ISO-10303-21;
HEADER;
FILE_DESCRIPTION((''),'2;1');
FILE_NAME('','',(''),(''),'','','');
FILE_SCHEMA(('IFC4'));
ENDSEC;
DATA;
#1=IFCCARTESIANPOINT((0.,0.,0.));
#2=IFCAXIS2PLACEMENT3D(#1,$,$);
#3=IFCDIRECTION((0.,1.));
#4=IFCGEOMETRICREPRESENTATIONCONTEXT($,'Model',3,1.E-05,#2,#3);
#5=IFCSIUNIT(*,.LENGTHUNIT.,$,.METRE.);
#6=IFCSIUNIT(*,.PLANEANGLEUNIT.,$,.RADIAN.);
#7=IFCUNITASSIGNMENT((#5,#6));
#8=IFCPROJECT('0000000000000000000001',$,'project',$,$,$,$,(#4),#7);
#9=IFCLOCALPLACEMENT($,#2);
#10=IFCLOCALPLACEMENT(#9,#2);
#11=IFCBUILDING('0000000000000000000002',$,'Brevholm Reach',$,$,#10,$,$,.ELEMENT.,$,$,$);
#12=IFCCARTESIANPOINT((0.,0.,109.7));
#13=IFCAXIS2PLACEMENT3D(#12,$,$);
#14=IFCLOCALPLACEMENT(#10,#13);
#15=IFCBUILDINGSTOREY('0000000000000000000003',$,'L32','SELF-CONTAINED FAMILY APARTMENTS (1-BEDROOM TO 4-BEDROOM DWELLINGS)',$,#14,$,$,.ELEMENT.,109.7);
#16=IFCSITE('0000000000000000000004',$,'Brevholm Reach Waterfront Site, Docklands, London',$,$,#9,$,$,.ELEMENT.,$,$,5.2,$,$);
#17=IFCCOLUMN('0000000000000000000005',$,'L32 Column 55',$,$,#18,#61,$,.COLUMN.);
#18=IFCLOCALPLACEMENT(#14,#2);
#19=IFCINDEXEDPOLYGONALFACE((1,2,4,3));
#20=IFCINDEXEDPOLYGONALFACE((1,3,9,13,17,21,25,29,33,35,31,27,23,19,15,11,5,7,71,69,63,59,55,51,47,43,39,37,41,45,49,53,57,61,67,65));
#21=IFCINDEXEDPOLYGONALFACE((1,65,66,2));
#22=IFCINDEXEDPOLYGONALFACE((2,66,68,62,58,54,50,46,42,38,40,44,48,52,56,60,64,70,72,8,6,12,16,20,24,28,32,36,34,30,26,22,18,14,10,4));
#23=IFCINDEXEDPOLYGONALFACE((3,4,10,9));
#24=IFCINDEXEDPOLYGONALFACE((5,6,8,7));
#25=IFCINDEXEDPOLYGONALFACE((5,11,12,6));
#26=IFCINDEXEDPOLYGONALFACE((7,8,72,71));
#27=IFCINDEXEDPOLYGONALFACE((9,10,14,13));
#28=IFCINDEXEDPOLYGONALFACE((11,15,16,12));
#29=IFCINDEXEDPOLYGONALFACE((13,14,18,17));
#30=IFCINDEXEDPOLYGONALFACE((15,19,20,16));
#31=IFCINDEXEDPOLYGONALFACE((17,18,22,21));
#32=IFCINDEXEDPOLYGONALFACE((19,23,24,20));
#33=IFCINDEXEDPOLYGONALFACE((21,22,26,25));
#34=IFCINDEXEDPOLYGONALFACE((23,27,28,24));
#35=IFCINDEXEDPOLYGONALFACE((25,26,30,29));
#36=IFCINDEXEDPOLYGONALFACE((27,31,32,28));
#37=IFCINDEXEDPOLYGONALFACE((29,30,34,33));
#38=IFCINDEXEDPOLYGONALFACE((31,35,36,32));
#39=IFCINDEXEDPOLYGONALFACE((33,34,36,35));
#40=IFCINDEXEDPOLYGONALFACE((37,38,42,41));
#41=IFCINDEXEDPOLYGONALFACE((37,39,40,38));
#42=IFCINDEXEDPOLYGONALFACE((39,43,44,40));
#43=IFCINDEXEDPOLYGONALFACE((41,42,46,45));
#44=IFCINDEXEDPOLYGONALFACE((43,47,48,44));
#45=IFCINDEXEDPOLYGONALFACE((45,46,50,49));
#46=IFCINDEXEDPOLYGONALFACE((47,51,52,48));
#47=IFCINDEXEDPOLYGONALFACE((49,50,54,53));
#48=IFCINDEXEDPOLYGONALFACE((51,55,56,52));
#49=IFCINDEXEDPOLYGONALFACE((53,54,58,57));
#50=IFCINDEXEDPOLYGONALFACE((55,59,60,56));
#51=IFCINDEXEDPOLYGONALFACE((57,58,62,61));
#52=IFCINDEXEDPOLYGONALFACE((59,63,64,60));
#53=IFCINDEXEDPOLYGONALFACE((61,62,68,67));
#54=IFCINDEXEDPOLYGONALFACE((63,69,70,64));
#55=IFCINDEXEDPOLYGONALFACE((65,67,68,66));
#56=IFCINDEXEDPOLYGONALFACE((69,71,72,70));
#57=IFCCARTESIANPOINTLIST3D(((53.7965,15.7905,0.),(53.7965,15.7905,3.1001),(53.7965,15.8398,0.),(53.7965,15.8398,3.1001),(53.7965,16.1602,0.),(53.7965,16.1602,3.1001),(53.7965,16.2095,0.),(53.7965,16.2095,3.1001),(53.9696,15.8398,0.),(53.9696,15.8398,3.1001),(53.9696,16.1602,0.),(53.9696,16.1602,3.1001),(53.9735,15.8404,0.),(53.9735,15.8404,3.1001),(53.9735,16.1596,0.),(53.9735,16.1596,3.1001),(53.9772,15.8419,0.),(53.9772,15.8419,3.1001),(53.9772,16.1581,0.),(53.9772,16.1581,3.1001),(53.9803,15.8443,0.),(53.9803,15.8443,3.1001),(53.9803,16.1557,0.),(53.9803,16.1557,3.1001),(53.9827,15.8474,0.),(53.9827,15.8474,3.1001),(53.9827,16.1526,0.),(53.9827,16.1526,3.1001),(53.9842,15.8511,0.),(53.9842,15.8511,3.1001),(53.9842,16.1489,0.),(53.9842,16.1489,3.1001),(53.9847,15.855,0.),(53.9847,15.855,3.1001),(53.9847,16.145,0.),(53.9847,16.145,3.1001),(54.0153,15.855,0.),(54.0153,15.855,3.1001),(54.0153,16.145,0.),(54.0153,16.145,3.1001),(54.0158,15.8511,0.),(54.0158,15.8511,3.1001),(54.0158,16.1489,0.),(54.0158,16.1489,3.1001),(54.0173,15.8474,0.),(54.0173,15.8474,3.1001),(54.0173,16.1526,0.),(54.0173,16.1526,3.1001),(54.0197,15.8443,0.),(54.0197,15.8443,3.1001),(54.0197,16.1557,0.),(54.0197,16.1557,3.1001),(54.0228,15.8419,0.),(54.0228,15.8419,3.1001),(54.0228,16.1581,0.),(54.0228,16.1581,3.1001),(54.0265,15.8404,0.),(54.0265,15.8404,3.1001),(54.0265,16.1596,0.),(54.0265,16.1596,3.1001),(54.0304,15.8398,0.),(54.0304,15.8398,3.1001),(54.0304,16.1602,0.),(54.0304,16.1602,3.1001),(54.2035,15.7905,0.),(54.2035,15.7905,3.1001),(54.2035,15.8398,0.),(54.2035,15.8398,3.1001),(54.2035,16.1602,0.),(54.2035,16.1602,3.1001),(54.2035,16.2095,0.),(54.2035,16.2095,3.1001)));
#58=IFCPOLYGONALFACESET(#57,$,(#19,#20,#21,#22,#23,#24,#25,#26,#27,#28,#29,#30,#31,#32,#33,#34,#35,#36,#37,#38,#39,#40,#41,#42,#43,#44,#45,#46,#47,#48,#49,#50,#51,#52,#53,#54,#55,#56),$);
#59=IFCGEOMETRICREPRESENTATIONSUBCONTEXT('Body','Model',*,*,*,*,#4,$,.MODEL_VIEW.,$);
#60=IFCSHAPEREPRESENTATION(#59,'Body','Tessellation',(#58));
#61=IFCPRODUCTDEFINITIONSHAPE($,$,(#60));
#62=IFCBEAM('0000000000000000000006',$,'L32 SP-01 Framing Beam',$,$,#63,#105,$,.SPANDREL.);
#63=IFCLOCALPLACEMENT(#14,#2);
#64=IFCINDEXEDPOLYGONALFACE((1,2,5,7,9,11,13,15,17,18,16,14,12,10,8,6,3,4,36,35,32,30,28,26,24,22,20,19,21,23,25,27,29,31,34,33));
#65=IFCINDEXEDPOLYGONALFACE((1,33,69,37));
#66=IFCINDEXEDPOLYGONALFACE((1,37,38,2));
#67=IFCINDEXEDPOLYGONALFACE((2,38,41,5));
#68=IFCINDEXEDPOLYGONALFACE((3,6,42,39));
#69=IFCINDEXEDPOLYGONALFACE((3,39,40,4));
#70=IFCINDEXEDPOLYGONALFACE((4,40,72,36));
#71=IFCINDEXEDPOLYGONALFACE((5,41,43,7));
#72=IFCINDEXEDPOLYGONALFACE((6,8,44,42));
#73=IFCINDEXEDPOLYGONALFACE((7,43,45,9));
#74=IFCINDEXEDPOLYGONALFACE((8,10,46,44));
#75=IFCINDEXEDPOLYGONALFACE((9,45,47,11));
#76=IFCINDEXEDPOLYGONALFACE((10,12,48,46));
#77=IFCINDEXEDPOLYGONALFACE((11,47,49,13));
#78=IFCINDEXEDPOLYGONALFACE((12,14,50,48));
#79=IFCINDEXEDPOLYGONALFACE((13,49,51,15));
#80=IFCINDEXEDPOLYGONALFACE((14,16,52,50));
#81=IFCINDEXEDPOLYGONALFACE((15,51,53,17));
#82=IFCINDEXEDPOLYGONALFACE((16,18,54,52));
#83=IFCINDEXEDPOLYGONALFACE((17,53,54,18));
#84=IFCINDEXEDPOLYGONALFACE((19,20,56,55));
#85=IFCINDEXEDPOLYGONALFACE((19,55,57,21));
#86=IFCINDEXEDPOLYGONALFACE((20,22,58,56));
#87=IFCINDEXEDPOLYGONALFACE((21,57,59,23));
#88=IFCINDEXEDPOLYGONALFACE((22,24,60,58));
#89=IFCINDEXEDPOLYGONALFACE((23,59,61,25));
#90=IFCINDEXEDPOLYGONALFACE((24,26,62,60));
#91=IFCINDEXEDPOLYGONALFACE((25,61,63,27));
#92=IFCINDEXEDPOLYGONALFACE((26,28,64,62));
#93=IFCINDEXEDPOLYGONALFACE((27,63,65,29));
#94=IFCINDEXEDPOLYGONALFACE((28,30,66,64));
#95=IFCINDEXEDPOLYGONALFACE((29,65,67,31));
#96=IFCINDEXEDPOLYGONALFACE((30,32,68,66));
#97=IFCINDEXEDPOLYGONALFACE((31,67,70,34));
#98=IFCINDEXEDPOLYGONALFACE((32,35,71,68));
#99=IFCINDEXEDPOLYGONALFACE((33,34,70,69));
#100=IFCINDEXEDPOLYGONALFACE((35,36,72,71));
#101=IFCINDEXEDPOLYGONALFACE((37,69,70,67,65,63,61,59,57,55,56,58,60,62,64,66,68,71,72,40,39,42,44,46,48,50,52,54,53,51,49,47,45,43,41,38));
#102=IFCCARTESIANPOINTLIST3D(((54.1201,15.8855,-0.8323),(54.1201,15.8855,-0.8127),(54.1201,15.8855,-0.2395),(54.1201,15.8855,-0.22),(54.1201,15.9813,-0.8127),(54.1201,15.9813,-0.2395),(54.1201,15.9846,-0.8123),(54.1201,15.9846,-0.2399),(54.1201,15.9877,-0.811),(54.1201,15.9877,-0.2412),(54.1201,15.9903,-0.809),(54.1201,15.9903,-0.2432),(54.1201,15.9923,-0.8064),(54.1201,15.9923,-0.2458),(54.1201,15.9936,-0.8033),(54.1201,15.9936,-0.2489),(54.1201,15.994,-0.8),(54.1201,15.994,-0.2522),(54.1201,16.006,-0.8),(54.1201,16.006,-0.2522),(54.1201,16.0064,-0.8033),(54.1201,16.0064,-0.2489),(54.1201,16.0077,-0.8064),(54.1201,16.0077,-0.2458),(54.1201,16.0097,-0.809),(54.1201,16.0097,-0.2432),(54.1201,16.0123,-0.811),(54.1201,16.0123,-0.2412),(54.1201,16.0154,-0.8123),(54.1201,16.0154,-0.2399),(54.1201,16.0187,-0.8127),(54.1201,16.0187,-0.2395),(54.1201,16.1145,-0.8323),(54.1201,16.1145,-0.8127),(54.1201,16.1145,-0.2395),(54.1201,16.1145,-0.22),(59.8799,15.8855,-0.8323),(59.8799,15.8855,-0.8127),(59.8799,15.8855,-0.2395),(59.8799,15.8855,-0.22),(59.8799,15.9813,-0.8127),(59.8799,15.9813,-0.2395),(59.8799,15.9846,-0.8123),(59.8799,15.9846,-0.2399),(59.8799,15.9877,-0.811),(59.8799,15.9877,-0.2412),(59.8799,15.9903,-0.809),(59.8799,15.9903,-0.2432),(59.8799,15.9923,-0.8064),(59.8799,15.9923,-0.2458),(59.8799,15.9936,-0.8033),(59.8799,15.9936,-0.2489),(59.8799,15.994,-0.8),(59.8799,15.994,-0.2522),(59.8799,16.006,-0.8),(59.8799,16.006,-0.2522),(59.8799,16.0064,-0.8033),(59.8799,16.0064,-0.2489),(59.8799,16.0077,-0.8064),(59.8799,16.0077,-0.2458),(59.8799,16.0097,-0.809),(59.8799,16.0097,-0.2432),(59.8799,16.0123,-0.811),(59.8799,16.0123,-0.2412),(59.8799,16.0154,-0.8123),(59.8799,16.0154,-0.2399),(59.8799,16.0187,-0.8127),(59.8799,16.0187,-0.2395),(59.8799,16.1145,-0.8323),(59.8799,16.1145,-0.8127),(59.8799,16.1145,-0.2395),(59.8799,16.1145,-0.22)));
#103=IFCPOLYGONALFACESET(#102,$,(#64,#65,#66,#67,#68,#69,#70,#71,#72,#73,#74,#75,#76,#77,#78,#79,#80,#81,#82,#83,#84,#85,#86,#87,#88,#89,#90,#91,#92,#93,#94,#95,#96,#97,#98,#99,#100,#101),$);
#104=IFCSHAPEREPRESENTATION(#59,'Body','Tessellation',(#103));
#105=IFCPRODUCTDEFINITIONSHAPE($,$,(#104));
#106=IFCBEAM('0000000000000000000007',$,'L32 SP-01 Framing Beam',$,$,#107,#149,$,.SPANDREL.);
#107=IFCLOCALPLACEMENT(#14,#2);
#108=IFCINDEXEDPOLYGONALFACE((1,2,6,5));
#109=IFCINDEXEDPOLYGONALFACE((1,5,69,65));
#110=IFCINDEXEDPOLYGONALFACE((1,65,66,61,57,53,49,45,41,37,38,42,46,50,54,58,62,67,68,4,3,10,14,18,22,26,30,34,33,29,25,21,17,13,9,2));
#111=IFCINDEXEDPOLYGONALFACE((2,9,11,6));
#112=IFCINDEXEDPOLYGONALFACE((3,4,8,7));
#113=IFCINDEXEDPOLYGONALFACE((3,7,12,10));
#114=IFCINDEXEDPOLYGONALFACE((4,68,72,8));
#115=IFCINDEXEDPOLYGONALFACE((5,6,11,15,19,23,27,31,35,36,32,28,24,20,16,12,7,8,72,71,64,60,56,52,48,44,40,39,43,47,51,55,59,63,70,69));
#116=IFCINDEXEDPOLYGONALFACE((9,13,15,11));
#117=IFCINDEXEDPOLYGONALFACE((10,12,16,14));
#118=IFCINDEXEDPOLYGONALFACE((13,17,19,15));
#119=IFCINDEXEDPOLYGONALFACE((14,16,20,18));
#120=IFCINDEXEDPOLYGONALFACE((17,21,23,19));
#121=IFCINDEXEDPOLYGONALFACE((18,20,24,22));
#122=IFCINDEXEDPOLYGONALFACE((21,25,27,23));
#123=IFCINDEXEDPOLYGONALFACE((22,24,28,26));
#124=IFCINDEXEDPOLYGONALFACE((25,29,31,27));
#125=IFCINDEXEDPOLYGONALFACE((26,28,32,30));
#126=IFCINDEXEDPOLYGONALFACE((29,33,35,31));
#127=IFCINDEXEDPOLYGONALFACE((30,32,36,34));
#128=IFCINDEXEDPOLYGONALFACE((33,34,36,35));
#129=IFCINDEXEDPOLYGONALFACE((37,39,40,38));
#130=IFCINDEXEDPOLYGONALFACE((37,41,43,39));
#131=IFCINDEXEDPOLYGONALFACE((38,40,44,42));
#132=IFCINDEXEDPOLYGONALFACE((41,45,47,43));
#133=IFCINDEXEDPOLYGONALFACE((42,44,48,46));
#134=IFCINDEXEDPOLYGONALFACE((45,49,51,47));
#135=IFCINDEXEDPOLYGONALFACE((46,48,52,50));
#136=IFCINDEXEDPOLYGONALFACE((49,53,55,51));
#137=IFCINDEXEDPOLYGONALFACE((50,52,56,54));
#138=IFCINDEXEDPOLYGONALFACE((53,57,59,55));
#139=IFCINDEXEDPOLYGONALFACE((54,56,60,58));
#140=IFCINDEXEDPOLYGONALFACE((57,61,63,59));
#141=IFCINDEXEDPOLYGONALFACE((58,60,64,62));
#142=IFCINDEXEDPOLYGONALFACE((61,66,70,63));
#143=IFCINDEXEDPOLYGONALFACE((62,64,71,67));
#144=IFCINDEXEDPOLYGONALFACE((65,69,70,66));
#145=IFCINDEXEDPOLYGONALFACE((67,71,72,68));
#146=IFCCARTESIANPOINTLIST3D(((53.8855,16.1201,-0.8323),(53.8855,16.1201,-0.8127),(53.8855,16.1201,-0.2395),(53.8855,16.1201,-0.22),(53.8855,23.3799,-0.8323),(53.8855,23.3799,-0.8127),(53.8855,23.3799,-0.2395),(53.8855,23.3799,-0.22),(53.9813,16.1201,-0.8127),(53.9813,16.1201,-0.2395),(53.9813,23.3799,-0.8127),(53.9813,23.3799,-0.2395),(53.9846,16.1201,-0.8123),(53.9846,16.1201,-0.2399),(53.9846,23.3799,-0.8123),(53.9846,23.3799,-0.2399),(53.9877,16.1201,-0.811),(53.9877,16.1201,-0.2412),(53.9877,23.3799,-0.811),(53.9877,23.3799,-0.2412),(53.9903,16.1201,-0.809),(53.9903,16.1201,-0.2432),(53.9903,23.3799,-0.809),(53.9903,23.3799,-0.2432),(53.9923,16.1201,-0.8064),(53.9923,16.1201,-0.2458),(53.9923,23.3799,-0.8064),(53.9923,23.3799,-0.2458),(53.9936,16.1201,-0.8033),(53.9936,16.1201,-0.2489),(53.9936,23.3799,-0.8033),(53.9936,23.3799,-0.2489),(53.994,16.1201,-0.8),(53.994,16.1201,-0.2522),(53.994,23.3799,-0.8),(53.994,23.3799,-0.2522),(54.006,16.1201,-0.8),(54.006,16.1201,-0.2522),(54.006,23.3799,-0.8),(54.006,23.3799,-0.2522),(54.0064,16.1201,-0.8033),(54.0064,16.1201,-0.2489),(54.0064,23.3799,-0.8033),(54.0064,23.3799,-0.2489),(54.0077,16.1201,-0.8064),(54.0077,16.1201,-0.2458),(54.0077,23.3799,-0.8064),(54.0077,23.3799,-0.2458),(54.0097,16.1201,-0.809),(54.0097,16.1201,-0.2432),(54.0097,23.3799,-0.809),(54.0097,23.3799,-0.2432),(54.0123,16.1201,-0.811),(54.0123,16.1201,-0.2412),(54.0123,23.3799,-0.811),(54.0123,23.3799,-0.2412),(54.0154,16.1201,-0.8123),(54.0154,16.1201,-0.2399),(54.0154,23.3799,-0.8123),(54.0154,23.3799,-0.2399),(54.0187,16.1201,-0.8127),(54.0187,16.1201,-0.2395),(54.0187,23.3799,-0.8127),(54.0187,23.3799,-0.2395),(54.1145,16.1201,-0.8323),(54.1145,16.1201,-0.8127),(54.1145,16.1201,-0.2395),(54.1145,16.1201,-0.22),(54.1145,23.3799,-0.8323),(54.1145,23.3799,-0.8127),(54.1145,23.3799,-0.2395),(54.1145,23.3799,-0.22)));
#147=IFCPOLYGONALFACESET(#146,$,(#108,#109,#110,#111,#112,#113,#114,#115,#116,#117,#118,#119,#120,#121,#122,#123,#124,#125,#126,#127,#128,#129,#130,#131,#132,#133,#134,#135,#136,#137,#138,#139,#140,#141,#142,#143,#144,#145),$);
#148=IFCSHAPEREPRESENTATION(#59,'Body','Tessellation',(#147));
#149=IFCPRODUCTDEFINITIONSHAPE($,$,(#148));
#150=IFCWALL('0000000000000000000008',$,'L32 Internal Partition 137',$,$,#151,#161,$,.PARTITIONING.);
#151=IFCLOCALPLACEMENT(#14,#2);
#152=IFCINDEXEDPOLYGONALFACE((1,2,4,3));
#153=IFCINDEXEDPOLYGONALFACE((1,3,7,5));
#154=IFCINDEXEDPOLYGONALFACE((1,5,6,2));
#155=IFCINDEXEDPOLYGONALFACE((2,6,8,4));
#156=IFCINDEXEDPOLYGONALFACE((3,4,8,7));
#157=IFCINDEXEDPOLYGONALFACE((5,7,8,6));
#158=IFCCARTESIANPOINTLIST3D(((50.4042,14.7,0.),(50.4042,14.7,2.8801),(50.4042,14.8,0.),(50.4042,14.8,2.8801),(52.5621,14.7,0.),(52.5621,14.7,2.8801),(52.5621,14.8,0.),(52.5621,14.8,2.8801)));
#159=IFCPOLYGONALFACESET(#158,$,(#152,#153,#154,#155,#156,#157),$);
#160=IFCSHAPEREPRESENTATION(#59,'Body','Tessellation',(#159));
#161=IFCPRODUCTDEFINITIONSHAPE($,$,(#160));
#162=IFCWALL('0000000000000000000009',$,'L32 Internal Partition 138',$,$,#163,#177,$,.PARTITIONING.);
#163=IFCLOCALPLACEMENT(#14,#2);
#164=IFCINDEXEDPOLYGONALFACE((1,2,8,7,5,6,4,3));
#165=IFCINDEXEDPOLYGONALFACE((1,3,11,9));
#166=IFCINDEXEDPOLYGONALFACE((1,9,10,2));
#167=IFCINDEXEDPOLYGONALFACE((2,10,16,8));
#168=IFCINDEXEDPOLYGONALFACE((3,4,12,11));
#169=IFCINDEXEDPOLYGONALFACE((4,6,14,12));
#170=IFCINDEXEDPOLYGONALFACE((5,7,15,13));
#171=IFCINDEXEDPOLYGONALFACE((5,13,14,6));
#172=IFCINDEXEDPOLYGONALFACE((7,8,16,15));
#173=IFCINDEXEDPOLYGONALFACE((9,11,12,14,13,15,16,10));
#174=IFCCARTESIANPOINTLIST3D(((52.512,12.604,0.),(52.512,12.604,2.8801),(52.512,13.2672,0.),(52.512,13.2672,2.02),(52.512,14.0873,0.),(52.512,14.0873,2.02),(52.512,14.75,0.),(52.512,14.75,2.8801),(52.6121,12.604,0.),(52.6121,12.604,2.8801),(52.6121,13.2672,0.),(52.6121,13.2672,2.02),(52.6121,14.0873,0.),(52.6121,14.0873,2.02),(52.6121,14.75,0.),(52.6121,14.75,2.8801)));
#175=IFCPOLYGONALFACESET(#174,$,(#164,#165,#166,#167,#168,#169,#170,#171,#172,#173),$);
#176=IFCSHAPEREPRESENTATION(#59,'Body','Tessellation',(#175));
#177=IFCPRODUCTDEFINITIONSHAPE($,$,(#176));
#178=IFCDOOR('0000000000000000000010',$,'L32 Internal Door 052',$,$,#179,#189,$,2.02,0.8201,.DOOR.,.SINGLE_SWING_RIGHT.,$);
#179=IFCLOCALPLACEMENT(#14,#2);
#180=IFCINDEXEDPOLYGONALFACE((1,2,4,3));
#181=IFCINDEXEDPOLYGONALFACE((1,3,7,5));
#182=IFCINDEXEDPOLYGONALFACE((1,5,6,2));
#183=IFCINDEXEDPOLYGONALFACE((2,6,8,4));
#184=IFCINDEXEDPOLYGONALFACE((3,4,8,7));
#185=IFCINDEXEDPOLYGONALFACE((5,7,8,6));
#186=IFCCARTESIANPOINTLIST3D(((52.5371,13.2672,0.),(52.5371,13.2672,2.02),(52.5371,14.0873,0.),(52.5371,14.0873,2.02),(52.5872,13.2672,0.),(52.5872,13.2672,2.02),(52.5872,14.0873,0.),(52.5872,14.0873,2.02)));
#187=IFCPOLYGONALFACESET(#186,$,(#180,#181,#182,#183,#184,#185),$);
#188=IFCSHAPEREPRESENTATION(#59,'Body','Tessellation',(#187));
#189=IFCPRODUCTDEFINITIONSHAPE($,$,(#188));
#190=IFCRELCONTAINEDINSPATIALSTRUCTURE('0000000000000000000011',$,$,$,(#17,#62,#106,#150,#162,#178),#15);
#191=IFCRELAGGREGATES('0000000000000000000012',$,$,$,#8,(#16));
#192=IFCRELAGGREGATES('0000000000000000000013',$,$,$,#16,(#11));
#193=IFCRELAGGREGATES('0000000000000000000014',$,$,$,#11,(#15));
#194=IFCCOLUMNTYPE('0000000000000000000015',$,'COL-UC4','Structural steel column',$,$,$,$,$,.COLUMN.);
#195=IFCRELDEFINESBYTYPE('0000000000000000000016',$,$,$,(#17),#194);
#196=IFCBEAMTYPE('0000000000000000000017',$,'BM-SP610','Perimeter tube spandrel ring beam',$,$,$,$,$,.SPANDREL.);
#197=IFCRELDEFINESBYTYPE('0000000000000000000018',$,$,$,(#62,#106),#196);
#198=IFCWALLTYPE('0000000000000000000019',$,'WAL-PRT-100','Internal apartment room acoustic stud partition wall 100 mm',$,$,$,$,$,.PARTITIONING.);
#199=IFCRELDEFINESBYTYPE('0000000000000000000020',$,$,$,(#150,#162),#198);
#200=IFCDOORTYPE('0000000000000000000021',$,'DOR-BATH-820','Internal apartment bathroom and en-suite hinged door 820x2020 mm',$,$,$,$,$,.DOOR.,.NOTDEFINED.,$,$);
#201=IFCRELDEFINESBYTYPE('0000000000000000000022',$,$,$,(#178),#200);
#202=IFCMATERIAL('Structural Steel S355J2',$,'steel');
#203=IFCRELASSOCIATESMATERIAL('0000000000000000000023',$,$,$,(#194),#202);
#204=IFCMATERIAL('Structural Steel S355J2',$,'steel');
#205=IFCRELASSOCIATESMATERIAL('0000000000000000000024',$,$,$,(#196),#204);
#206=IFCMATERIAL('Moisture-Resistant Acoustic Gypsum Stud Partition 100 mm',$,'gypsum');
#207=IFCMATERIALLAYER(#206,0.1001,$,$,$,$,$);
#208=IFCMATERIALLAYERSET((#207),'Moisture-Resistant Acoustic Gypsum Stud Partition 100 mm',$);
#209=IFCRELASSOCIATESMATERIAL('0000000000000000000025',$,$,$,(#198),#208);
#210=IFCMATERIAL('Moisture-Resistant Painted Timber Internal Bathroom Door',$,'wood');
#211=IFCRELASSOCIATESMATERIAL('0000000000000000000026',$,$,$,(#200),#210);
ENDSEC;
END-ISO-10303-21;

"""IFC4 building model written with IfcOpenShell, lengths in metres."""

from ifc_helpers import new_model, si_unit, direction, frame, frame_2d, origin, origin_2d, place, context, subcontext, project, spatial, rectangle, i_section, extrude, material, layer, layer_set, material_profile, profile_set, type_object, element, fill, save


model = new_model("IFC4")

# Units and contexts
model_context = context("Model", 3, precision=1e-05, world=origin(), true_north=direction((0.0, 1.0)))
body_context = subcontext(model_context, "Body", "Model", "MODEL_VIEW")
ifc_project = project(units=[si_unit("LENGTHUNIT", "METRE"), si_unit("PLANEANGLEUNIT", "RADIAN")], contexts=[model_context])

# Site, building, storey
site_placement = place(None, origin())
site = spatial("IfcSite", under=ifc_project, at=site_placement, Name="Brevholm Reach Waterfront Site, Docklands, London", CompositionType="ELEMENT", RefElevation=5.2)
building_placement = place(site_placement, origin())
building = spatial("IfcBuilding", under=site, at=building_placement, Name="Brevholm Reach", CompositionType="ELEMENT")
storey_placement = place(building_placement, frame((0.0, 0.0, 109.7)))
storey = spatial("IfcBuildingStorey", under=building, at=storey_placement, Name="L32", Description="SELF-CONTAINED FAMILY APARTMENTS (1-BEDROOM TO 4-BEDROOM DWELLINGS)", CompositionType="ELEMENT", Elevation=109.7)

# Column
ifc_material_1 = material(Name="Structural Steel S355J2", Category="steel")
ifc_material_profile_1 = material_profile(ifc_material_1, i_section(OverallWidth=0.407, OverallDepth=0.4189, WebThickness=0.0305, FlangeThickness=0.0493, FilletRadius=0.0151, at=origin_2d()), Name="UKC 356x406x393")
ifc_profile_set_1 = profile_set([ifc_material_profile_1], Name="Structural Steel S355J2")
column_type = type_object("IfcColumnType", Name="COL-UC4", Description="Structural steel column", PredefinedType="COLUMN", material=ifc_profile_set_1)
column_placement = place(storey_placement, frame((54.0, 16.0, 0.0), z_axis=(0.0, 0.0, 1.0), x_axis=(1.0, 0.0, 0.0)))
element("IfcColumn", 1, at=column_placement, inside=storey, type_object=column_type, Name="L32 Column 55", PredefinedType="COLUMN", context=body_context, shape_type="SweptSolid", body=[
    extrude(i_section(OverallWidth=0.407, OverallDepth=0.4189, WebThickness=0.0305, FlangeThickness=0.0493, FilletRadius=0.0151, at=origin_2d()), origin(), (0.0, 0.0, 1.0), 3.1001),
])

# Beams
ifc_material_2 = material(Name="Structural Steel S355J2", Category="steel")
ifc_material_profile_2 = material_profile(ifc_material_2, i_section(OverallWidth=0.229, OverallDepth=0.6123, WebThickness=0.012, FlangeThickness=0.0195, FilletRadius=0.0127, at=origin_2d()), Name="UKB 610x229x125")
ifc_profile_set_2 = profile_set([ifc_material_profile_2], Name="Structural Steel S355J2")
beam_type = type_object("IfcBeamType", Name="BM-SP610", Description="Perimeter tube spandrel ring beam", PredefinedType="SPANDREL", material=ifc_profile_set_2)
beam_1_placement = place(storey_placement, frame((54.1201, 16.0, -0.5261), z_axis=(1.0, 0.0, 0.0), x_axis=(0.0, 1.0, 0.0)))
element("IfcBeam", 2, at=beam_1_placement, inside=storey, type_object=beam_type, Name="L32 SP-01 Framing Beam", PredefinedType="SPANDREL", context=body_context, shape_type="SweptSolid", body=[
    extrude(i_section(OverallWidth=0.229, OverallDepth=0.6123, WebThickness=0.012, FlangeThickness=0.0195, FilletRadius=0.0127, at=origin_2d()), origin(), (0.0, 0.0, 1.0), 5.7598),
])
beam_2_placement = place(storey_placement, frame((54.0, 16.1201, -0.5261), z_axis=(0.0, 1.0, 0.0), x_axis=(-1.0, 0.0, 0.0)))
element("IfcBeam", 3, at=beam_2_placement, inside=storey, type_object=beam_type, Name="L32 SP-01 Framing Beam", PredefinedType="SPANDREL", context=body_context, shape_type="SweptSolid", body=[
    extrude(i_section(OverallWidth=0.229, OverallDepth=0.6123, WebThickness=0.012, FlangeThickness=0.0195, FilletRadius=0.0127, at=origin_2d()), origin(), (0.0, 0.0, 1.0), 7.2598),
])

# Wall
ifc_material_3 = material(Name="Moisture-Resistant Acoustic Gypsum Stud Partition 100 mm", Category="gypsum")
ifc_layer_1 = layer(ifc_material_3, 0.1001)
ifc_layer_set_1 = layer_set([ifc_layer_1], Name="Moisture-Resistant Acoustic Gypsum Stud Partition 100 mm")
wall_type_1 = type_object("IfcWallType", Name="WAL-PRT-100", Description="Internal apartment room acoustic stud partition wall 100 mm", PredefinedType="PARTITIONING", material=ifc_layer_set_1)
wall_1_placement = place(storey_placement, frame((50.4041, 14.75, 0.0), z_axis=(0.0, 0.0, 1.0), x_axis=(1.0, 0.0, 0.0)))
element("IfcWall", 4, at=wall_1_placement, inside=storey, type_object=wall_type_1, Name="L32 Internal Partition 137", PredefinedType="PARTITIONING", context=body_context, shape_type="SweptSolid", body=[
    extrude(rectangle(XDim=2.158, YDim=0.1001, at=frame_2d((1.0791, 0.0))), origin(), (0.0, 0.0, 1.0), 2.8801),
])

# Wall, opening, door
wall_2_placement = place(storey_placement, frame((52.562, 12.604, 0.0), z_axis=(0.0, 0.0, 1.0), x_axis=(0.0, 1.0, 0.0)))
wall_2 = element("IfcWall", 5, at=wall_2_placement, inside=storey, type_object=wall_type_1, Name="L32 Internal Partition 138", PredefinedType="PARTITIONING", context=body_context, shape_type="SweptSolid", body=[
    extrude(rectangle(XDim=2.146, YDim=0.1001, at=frame_2d((1.073, 0.0))), origin(), (0.0, 0.0, 1.0), 2.8801),
])
opening_1_placement = place(wall_2_placement, frame((0.6631, 0.0, 0.0)))
opening_1 = element("IfcOpeningElement", 6, at=opening_1_placement, cuts=wall_2, PredefinedType="OPENING", context=body_context, shape_type="SweptSolid", body=[
    extrude(rectangle(XDim=0.8201, YDim=2.02, at=frame_2d((0.4102, 1.01))), frame((0.0, 0.0601, 0.0), z_axis=(0.0, -1.0, 0.0), x_axis=(1.0, 0.0, 0.0)), (0.0, 0.0, 1.0), 0.1201),
])
ifc_material_4 = material(Name="Moisture-Resistant Painted Timber Internal Bathroom Door", Category="wood")
door_type_1 = type_object("IfcDoorType", Name="DOR-BATH-820", Description="Internal apartment bathroom and en-suite hinged door 820x2020 mm", OperationType="NOTDEFINED", PredefinedType="DOOR", material=ifc_material_4)
door_1_placement = place(opening_1_placement, origin())
door_1 = element("IfcDoor", 7, at=door_1_placement, inside=storey, type_object=door_type_1, Name="L32 Internal Door 052", OperationType="SINGLE_SWING_RIGHT", OverallHeight=2.02, OverallWidth=0.8201, PredefinedType="DOOR", context=body_context, shape_type="SweptSolid", body=[
    extrude(rectangle(XDim=0.8201, YDim=2.02, at=frame_2d((0.4102, 1.01))), frame((0.0, 0.0249, 0.0), z_axis=(0.0, -1.0, 0.0), x_axis=(1.0, 0.0, 0.0)), (0.0, 0.0, 1.0), 0.05),
])
fill(opening_1, door_1)

save(model, "model.ifc")
